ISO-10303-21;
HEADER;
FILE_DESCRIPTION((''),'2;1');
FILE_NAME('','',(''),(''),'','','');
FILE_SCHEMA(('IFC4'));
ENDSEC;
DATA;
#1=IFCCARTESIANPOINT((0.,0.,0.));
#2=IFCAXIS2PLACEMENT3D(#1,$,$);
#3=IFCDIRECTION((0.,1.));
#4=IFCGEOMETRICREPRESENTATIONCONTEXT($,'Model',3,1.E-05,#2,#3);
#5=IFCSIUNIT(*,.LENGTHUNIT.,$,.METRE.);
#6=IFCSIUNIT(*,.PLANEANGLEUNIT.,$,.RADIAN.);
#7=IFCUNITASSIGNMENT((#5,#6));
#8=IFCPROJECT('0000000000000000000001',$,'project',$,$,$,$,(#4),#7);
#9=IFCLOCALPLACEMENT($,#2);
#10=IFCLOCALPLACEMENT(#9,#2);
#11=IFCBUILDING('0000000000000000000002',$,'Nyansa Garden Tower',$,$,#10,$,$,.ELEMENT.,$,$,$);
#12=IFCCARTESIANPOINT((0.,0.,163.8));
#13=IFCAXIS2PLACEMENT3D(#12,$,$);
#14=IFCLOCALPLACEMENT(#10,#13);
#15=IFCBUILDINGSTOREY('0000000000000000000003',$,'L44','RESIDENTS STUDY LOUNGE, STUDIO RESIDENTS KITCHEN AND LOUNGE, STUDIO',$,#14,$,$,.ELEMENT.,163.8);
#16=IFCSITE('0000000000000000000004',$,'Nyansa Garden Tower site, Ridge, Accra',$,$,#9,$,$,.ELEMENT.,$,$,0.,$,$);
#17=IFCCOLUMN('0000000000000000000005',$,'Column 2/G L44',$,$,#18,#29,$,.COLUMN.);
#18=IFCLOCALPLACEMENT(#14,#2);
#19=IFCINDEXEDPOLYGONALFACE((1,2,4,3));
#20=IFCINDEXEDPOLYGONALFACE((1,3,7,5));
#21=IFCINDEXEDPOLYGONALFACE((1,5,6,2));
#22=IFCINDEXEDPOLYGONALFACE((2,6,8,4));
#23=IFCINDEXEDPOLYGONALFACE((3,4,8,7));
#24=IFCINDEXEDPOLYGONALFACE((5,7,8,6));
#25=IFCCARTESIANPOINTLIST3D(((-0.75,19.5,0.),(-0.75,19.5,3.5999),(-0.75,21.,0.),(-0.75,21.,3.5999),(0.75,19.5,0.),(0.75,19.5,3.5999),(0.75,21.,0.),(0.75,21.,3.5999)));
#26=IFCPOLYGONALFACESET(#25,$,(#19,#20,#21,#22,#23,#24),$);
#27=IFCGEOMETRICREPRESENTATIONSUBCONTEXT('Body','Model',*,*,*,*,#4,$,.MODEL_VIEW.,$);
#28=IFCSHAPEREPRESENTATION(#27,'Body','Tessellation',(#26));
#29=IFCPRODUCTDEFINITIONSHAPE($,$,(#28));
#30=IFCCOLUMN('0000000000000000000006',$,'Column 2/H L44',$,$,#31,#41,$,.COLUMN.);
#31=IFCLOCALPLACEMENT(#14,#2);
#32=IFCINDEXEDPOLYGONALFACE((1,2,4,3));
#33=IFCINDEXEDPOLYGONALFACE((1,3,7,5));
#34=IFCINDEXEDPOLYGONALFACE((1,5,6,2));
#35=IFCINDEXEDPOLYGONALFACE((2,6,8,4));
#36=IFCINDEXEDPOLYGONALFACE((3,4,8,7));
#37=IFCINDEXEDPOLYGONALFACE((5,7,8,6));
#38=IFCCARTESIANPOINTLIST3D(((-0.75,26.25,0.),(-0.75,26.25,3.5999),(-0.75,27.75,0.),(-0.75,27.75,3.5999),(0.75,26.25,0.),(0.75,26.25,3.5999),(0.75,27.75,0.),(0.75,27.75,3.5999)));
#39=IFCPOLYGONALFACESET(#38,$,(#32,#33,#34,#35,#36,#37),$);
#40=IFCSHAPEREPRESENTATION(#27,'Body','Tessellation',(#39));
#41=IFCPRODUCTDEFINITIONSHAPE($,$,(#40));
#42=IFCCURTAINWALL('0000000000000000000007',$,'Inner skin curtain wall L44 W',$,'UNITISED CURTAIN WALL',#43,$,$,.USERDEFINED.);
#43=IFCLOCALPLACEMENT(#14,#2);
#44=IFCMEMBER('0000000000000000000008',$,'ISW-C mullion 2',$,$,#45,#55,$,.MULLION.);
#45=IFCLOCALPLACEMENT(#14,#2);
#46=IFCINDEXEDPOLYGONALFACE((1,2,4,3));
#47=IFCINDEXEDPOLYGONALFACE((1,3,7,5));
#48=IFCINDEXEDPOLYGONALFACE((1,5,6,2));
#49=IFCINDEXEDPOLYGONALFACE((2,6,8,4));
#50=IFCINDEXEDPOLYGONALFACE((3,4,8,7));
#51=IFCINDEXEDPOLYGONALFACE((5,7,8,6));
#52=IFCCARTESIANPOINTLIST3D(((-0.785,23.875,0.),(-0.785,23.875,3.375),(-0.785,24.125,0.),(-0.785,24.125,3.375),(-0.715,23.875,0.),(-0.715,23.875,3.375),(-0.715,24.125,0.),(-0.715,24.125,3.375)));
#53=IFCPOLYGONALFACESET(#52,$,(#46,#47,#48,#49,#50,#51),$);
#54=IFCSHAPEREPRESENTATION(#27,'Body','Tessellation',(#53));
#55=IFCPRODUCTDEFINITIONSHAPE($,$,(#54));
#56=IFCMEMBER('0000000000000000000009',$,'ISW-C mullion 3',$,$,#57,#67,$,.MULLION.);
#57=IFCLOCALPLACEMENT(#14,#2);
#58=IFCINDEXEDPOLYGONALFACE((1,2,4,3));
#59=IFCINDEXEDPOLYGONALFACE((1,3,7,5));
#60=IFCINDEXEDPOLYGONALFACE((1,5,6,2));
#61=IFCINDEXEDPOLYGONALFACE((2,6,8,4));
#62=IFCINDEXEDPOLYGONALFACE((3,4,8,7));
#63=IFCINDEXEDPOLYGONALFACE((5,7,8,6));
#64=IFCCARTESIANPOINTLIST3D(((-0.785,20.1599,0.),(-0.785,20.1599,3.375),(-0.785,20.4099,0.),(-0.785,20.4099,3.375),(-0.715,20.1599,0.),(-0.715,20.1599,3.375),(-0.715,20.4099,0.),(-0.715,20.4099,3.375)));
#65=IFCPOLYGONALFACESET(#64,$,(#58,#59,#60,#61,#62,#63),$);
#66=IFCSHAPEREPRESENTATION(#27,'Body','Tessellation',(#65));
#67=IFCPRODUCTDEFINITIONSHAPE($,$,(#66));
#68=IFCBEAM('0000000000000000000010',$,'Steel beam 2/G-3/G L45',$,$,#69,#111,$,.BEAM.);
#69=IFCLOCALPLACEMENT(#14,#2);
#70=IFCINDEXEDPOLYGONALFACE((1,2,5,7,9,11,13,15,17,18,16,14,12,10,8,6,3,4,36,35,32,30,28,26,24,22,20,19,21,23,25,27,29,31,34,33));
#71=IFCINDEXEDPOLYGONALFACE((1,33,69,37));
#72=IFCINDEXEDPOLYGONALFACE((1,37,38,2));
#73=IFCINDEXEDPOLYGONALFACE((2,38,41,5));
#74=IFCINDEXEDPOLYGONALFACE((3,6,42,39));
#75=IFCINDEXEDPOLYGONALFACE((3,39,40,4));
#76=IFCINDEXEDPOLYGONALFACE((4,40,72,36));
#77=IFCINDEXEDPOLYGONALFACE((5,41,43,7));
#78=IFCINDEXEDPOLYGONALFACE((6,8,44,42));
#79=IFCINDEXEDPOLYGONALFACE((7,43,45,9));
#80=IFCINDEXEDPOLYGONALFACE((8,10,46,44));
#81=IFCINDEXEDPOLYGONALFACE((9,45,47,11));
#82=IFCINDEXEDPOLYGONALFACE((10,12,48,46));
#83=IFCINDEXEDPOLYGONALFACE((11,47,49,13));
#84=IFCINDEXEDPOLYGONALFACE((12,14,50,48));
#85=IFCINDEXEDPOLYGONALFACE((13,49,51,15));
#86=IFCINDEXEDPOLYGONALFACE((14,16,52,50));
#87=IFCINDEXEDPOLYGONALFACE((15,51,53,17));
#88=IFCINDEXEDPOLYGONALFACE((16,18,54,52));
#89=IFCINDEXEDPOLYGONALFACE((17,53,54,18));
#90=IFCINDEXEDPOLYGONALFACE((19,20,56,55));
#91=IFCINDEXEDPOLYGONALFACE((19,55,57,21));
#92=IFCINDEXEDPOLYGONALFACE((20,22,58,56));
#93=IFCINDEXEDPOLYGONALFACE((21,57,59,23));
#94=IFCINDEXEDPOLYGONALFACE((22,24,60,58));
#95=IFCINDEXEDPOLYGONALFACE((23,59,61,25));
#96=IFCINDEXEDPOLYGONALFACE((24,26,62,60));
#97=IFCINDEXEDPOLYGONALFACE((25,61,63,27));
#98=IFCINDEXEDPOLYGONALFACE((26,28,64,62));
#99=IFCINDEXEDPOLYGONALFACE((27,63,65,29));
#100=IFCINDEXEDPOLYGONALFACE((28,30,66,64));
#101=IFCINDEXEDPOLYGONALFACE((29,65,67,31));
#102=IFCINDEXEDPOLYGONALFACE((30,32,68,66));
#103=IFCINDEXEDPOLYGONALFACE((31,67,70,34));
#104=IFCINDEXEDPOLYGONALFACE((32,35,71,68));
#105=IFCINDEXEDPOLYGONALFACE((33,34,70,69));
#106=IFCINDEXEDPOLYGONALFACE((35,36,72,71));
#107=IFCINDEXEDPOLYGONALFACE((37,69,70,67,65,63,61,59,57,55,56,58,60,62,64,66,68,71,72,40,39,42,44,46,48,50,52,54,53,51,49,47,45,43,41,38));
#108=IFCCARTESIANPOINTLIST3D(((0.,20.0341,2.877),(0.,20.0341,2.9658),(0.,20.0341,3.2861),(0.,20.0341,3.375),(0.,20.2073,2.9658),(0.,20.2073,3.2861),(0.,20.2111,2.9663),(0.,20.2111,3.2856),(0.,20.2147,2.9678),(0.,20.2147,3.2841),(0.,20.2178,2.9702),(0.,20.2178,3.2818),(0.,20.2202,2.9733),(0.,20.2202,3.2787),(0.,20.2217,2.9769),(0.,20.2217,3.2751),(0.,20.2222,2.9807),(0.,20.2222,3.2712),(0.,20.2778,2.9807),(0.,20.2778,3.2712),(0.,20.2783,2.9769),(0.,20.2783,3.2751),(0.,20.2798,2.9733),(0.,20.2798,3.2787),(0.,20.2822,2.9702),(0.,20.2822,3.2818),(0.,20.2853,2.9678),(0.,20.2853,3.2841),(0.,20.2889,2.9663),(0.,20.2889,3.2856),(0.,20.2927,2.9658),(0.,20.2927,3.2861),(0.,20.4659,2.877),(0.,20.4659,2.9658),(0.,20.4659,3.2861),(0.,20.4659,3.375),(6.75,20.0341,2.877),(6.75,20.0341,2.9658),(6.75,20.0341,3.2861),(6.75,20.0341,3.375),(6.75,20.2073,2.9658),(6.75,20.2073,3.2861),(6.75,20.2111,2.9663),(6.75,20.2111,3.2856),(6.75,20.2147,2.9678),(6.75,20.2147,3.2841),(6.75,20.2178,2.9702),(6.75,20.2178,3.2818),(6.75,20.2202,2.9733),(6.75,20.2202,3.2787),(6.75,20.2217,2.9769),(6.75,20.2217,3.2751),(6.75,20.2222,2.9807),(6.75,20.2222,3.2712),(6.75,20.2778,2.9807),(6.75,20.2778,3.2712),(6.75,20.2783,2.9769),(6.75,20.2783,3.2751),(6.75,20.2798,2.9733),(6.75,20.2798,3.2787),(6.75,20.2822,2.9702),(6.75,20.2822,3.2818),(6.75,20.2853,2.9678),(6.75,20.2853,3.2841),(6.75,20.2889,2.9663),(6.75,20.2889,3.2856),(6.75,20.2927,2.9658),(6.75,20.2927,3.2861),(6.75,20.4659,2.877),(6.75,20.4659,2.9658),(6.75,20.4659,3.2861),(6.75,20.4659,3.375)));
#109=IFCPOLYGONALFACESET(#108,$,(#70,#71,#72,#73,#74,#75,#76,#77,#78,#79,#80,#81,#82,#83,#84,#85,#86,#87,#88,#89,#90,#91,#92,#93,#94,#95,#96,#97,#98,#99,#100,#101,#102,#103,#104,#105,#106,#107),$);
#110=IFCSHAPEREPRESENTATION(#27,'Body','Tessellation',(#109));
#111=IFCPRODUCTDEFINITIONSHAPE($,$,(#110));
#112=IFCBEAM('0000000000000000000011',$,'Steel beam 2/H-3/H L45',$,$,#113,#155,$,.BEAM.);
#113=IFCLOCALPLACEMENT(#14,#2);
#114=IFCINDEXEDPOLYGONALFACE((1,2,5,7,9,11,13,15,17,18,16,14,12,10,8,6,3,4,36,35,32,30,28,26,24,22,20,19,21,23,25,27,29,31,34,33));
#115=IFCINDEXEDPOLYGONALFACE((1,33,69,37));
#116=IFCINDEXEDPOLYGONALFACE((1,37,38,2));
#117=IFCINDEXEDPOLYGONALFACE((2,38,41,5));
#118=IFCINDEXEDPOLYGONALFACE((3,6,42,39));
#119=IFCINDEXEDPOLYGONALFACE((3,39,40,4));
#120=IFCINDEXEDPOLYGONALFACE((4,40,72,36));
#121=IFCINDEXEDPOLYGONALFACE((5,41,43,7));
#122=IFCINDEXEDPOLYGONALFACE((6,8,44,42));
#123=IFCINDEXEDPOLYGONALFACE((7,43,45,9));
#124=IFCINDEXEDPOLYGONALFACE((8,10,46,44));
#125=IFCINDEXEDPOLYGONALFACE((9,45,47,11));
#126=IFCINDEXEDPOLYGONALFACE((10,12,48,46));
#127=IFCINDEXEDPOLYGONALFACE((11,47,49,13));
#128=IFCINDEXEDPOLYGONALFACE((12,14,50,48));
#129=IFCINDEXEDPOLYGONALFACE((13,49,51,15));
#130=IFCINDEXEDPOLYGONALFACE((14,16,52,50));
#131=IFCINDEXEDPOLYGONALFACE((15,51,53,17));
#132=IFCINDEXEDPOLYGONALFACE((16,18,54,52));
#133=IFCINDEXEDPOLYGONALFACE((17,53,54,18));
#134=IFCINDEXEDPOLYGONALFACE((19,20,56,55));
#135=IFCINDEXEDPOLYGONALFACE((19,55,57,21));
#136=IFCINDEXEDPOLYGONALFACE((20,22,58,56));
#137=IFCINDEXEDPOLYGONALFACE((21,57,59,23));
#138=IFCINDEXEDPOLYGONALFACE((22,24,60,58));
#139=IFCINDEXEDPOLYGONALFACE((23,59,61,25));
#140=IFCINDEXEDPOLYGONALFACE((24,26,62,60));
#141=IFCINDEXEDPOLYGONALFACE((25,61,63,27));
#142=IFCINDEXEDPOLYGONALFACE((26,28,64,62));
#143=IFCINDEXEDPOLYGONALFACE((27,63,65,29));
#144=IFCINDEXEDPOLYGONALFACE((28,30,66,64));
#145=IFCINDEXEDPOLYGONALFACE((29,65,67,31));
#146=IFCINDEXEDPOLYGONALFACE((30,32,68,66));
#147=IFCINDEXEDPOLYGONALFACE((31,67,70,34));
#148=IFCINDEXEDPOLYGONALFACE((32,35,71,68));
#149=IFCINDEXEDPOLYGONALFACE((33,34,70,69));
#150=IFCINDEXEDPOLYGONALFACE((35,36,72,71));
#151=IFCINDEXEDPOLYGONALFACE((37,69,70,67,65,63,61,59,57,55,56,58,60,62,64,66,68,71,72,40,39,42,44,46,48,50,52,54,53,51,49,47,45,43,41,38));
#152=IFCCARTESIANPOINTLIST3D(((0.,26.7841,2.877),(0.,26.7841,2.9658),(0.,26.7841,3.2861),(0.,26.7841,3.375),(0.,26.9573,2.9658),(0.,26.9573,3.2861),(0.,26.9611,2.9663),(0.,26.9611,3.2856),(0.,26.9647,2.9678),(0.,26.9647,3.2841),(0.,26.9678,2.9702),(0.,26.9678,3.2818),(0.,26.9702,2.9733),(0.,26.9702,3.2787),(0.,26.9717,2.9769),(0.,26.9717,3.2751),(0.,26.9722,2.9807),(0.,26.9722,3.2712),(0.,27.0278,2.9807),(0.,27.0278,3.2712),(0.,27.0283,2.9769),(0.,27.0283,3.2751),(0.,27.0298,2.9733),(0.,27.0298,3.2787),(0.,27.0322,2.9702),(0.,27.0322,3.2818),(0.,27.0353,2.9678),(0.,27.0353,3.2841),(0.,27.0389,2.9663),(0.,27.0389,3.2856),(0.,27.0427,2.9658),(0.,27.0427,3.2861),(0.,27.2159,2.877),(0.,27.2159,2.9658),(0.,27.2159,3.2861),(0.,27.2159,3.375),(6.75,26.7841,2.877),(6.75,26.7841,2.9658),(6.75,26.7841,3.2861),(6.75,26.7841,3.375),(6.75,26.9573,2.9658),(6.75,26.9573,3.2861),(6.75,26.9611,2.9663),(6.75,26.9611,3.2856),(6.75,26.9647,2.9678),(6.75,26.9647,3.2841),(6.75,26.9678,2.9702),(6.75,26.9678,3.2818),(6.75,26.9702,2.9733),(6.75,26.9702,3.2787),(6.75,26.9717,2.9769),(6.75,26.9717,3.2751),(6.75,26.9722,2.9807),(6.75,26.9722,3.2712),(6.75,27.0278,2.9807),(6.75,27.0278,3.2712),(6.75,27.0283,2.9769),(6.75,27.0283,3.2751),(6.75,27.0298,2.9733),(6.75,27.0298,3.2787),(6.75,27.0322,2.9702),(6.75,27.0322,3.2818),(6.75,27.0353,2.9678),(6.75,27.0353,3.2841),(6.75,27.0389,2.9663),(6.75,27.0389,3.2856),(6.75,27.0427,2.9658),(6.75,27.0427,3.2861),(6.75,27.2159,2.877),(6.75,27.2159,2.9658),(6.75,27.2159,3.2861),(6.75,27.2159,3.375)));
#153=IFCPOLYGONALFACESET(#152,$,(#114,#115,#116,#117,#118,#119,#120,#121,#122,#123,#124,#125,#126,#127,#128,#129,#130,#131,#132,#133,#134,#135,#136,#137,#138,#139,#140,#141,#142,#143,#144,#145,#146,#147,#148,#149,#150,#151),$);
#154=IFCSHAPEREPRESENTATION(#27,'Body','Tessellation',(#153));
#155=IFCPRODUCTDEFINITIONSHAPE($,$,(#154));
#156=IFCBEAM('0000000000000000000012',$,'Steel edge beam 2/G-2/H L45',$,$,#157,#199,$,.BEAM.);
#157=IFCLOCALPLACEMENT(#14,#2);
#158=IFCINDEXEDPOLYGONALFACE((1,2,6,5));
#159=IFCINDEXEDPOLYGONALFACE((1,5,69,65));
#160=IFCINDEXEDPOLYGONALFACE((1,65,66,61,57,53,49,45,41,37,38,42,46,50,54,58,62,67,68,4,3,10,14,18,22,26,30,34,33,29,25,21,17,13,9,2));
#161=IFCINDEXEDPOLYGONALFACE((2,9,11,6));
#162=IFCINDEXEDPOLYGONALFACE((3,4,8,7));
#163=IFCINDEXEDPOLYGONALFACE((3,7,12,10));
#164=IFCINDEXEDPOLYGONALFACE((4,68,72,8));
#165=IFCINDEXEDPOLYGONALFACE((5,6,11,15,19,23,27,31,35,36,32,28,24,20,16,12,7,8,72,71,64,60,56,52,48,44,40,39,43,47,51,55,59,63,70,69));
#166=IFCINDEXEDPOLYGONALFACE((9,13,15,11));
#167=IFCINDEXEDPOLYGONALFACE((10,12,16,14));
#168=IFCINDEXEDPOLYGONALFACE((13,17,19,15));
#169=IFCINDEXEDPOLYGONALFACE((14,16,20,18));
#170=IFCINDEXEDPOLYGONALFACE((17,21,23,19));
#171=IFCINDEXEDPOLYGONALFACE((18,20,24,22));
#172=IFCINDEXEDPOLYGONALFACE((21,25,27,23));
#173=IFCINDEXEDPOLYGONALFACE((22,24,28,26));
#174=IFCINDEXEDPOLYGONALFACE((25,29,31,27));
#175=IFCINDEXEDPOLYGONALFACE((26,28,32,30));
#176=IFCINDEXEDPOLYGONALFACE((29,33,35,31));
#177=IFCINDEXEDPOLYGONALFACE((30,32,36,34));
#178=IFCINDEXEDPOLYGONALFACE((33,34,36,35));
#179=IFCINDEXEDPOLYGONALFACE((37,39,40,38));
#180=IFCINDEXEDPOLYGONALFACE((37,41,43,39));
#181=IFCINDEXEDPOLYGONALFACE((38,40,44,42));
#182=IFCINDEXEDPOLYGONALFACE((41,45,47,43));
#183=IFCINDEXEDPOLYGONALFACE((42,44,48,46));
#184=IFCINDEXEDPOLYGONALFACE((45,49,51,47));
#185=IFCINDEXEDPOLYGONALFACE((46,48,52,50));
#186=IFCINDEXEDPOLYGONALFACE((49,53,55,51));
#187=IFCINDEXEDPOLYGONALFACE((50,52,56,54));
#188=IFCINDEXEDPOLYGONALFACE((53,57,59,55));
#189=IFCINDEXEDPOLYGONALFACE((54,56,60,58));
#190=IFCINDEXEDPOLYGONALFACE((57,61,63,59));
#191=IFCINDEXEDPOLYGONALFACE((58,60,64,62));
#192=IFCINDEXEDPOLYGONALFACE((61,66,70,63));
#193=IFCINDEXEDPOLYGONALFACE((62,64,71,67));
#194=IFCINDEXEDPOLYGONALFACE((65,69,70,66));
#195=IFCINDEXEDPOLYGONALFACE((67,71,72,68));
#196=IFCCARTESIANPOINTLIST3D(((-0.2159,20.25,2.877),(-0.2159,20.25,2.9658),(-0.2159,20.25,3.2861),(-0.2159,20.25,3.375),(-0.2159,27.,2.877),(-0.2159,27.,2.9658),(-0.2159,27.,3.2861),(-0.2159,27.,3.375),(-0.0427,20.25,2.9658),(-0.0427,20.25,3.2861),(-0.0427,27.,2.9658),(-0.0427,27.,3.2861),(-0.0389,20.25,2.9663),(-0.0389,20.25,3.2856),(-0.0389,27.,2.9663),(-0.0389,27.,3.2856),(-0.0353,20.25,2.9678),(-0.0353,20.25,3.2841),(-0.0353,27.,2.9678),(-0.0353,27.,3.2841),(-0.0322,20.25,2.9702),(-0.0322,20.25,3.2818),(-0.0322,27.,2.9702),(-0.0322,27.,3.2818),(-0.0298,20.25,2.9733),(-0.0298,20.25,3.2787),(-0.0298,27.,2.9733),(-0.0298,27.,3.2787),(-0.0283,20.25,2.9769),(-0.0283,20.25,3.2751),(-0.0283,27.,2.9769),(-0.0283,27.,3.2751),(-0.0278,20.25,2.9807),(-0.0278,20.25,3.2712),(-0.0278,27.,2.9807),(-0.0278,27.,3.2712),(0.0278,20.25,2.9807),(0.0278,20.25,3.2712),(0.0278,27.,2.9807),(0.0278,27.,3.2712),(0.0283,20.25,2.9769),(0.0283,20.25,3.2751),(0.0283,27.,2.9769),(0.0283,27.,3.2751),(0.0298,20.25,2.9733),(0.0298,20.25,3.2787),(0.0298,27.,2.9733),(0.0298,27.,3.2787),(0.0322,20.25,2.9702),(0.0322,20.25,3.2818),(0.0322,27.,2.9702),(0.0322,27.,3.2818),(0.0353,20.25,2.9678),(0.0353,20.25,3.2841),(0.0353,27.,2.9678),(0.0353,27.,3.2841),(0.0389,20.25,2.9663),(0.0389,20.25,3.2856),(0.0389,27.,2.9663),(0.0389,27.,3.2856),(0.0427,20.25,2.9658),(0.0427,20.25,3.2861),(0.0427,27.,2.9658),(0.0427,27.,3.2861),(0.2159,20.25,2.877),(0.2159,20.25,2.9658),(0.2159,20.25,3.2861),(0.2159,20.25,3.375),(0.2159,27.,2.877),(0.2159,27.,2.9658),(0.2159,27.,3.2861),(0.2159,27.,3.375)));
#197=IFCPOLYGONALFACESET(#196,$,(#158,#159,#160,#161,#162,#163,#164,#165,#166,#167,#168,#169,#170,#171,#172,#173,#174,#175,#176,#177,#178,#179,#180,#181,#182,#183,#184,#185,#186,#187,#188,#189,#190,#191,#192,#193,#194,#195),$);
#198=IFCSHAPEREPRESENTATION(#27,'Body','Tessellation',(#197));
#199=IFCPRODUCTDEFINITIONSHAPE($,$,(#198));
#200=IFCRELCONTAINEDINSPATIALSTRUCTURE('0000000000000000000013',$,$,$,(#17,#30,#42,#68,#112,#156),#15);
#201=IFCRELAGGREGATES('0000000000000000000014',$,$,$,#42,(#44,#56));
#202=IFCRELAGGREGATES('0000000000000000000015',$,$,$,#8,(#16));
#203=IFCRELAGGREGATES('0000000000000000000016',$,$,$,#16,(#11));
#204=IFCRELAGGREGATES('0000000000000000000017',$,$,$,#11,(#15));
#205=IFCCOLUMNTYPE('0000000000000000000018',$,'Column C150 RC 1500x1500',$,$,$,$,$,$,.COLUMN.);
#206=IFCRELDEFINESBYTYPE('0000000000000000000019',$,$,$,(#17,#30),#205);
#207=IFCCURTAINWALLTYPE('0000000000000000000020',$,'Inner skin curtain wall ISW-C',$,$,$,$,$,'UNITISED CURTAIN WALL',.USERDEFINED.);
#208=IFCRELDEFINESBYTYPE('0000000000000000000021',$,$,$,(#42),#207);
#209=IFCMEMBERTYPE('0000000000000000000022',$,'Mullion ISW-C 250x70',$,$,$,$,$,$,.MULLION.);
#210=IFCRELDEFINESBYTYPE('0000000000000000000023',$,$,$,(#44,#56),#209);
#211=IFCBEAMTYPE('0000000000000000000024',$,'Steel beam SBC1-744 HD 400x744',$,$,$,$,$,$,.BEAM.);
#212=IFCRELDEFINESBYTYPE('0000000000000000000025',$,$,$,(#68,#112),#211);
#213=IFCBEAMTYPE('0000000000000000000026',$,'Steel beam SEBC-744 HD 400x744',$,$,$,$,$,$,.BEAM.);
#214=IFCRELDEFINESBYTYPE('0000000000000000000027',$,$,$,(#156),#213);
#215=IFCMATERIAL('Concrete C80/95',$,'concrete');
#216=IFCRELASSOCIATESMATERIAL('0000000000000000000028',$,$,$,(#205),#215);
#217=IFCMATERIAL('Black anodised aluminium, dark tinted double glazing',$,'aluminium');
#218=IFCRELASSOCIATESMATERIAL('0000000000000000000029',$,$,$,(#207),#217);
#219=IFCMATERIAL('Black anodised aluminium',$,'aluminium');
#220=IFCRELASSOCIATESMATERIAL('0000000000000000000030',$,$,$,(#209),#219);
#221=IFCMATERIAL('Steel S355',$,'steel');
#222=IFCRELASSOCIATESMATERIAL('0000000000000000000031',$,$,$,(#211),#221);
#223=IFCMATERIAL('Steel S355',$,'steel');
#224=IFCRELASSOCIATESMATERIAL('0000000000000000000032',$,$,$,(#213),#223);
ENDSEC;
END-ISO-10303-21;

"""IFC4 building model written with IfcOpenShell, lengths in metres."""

from ifc_helpers import new_model, si_unit, direction, frame, origin, origin_2d, place, context, subcontext, project, spatial, rectangle, i_section, extrude, material, material_profile, profile_set, type_object, element, aggregate, save


model = new_model("IFC4")

# Units and contexts
model_context = context("Model", 3, precision=1e-05, world=origin(), true_north=direction((0.0, 1.0)))
body_context = subcontext(model_context, "Body", "Model", "MODEL_VIEW")
ifc_project = project(units=[si_unit("LENGTHUNIT", "METRE"), si_unit("PLANEANGLEUNIT", "RADIAN")], contexts=[model_context])

# Site, building, storey
site_placement = place(None, origin())
site = spatial("IfcSite", under=ifc_project, at=site_placement, Name="Nyansa Garden Tower site, Ridge, Accra", CompositionType="ELEMENT", RefElevation=0.0)
building_placement = place(site_placement, origin())
building = spatial("IfcBuilding", under=site, at=building_placement, Name="Nyansa Garden Tower", CompositionType="ELEMENT")
storey_placement = place(building_placement, frame((0.0, 0.0, 163.8)))
storey = spatial("IfcBuildingStorey", under=building, at=storey_placement, Name="L44", Description="RESIDENTS STUDY LOUNGE, STUDIO RESIDENTS KITCHEN AND LOUNGE, STUDIO", CompositionType="ELEMENT", Elevation=163.8)

# Columns
ifc_material_1 = material(Name="Concrete C80/95", Category="concrete")
ifc_material_profile_1 = material_profile(ifc_material_1, rectangle(XDim=1.5, YDim=1.5, at=origin_2d()), Name="RC 1500x1500")
ifc_profile_set_1 = profile_set([ifc_material_profile_1], Name="Concrete C80/95")
column_type = type_object("IfcColumnType", Name="Column C150 RC 1500x1500", PredefinedType="COLUMN", material=ifc_profile_set_1)
for number, where, z_axis, x_axis, name in (
    (1, (0.0, 20.25, 0.0), (0.0, 0.0, 1.0), (1.0, 0.0, 0.0), "Column 2/G L44"),
    (2, (0.0, 27.0, 0.0), (0.0, 0.0, 1.0), (1.0, 0.0, 0.0), "Column 2/H L44"),
):
    element("IfcColumn", number, at=place(storey_placement, frame(where, z_axis=z_axis, x_axis=x_axis)), inside=storey, type_object=column_type, Name=name, PredefinedType="COLUMN", context=body_context, shape_type="SweptSolid", body=[
        extrude(rectangle(XDim=1.5, YDim=1.5, at=origin_2d()), origin(), (0.0, 0.0, 1.0), 3.5999),
    ])

# Curtain wall, members
ifc_material_2 = material(Name="Black anodised aluminium, dark tinted double glazing", Category="aluminium")
curtain_wall_type = type_object("IfcCurtainWallType", Name="Inner skin curtain wall ISW-C", ElementType="UNITISED CURTAIN WALL", PredefinedType="USERDEFINED", material=ifc_material_2)
curtain_wall_placement = place(storey_placement, origin())
curtain_wall = element("IfcCurtainWall", 3, at=curtain_wall_placement, inside=storey, type_object=curtain_wall_type, Name="Inner skin curtain wall L44 W", ObjectType="UNITISED CURTAIN WALL", PredefinedType="USERDEFINED")
ifc_material_3 = material(Name="Black anodised aluminium", Category="aluminium")
ifc_material_profile_2 = material_profile(ifc_material_3, rectangle(XDim=0.0701, YDim=0.25, at=origin_2d()), Name="Mullion 250x70")
ifc_profile_set_2 = profile_set([ifc_material_profile_2], Name="Black anodised aluminium")
member_type_1 = type_object("IfcMemberType", Name="Mullion ISW-C 250x70", PredefinedType="MULLION", material=ifc_profile_set_2)
member_1_placement = place(storey_placement, frame((-0.75, 24.0, 0.0), z_axis=(0.0, 0.0, 1.0), x_axis=(1.0, 0.0, 0.0)))
member_1 = element("IfcMember", 4, at=member_1_placement, type_object=member_type_1, Name="ISW-C mullion 2", PredefinedType="MULLION", context=body_context, shape_type="SweptSolid", body=[
    extrude(rectangle(XDim=0.0701, YDim=0.25, at=origin_2d()), origin(), (0.0, 0.0, 1.0), 3.375),
])
member_2_placement = place(storey_placement, frame((-0.75, 20.2849, 0.0), z_axis=(0.0, 0.0, 1.0), x_axis=(1.0, 0.0, 0.0)))
member_2 = element("IfcMember", 5, at=member_2_placement, type_object=member_type_1, Name="ISW-C mullion 3", PredefinedType="MULLION", context=body_context, shape_type="SweptSolid", body=[
    extrude(rectangle(XDim=0.0701, YDim=0.25, at=origin_2d()), origin(), (0.0, 0.0, 1.0), 3.375),
])

# Beams
ifc_material_4 = material(Name="Steel S355", Category="steel")
ifc_material_profile_3 = material_profile(ifc_material_4, i_section(OverallWidth=0.4319, OverallDepth=0.498, WebThickness=0.0557, FlangeThickness=0.0889, FilletRadius=0.0149, at=origin_2d()), Name="HD 400x744")
ifc_profile_set_3 = profile_set([ifc_material_profile_3], Name="Steel S355")
beam_type_1 = type_object("IfcBeamType", Name="Steel beam SBC1-744 HD 400x744", PredefinedType="BEAM", material=ifc_profile_set_3)
for number, where, z_axis, x_axis, name in (
    (6, (0.0, 20.25, 3.126), (1.0, 0.0, 0.0), (0.0, 1.0, 0.0), "Steel beam 2/G-3/G L45"),
    (7, (0.0, 27.0, 3.126), (1.0, 0.0, 0.0), (0.0, 1.0, 0.0), "Steel beam 2/H-3/H L45"),
):
    element("IfcBeam", number, at=place(storey_placement, frame(where, z_axis=z_axis, x_axis=x_axis)), inside=storey, type_object=beam_type_1, Name=name, PredefinedType="BEAM", context=body_context, shape_type="SweptSolid", body=[
        extrude(i_section(OverallWidth=0.4319, OverallDepth=0.498, WebThickness=0.0557, FlangeThickness=0.0889, FilletRadius=0.0149, at=origin_2d()), origin(), (0.0, 0.0, 1.0), 6.75),
    ])
ifc_material_5 = material(Name="Steel S355", Category="steel")
ifc_material_profile_4 = material_profile(ifc_material_5, i_section(OverallWidth=0.4319, OverallDepth=0.498, WebThickness=0.0557, FlangeThickness=0.0889, FilletRadius=0.0149, at=origin_2d()), Name="HD 400x744")
ifc_profile_set_4 = profile_set([ifc_material_profile_4], Name="Steel S355")
beam_type_2 = type_object("IfcBeamType", Name="Steel beam SEBC-744 HD 400x744", PredefinedType="BEAM", material=ifc_profile_set_4)
beam_placement = place(storey_placement, frame((0.0, 20.25, 3.126), z_axis=(0.0, 1.0, 0.0), x_axis=(-1.0, 0.0, 0.0)))
element("IfcBeam", 8, at=beam_placement, inside=storey, type_object=beam_type_2, Name="Steel edge beam 2/G-2/H L45", PredefinedType="BEAM", context=body_context, shape_type="SweptSolid", body=[
    extrude(i_section(OverallWidth=0.4319, OverallDepth=0.498, WebThickness=0.0557, FlangeThickness=0.0889, FilletRadius=0.0149, at=origin_2d()), origin(), (0.0, 0.0, 1.0), 6.75),
])

aggregate(curtain_wall, [member_1, member_2])

save(model, "model.ifc")
